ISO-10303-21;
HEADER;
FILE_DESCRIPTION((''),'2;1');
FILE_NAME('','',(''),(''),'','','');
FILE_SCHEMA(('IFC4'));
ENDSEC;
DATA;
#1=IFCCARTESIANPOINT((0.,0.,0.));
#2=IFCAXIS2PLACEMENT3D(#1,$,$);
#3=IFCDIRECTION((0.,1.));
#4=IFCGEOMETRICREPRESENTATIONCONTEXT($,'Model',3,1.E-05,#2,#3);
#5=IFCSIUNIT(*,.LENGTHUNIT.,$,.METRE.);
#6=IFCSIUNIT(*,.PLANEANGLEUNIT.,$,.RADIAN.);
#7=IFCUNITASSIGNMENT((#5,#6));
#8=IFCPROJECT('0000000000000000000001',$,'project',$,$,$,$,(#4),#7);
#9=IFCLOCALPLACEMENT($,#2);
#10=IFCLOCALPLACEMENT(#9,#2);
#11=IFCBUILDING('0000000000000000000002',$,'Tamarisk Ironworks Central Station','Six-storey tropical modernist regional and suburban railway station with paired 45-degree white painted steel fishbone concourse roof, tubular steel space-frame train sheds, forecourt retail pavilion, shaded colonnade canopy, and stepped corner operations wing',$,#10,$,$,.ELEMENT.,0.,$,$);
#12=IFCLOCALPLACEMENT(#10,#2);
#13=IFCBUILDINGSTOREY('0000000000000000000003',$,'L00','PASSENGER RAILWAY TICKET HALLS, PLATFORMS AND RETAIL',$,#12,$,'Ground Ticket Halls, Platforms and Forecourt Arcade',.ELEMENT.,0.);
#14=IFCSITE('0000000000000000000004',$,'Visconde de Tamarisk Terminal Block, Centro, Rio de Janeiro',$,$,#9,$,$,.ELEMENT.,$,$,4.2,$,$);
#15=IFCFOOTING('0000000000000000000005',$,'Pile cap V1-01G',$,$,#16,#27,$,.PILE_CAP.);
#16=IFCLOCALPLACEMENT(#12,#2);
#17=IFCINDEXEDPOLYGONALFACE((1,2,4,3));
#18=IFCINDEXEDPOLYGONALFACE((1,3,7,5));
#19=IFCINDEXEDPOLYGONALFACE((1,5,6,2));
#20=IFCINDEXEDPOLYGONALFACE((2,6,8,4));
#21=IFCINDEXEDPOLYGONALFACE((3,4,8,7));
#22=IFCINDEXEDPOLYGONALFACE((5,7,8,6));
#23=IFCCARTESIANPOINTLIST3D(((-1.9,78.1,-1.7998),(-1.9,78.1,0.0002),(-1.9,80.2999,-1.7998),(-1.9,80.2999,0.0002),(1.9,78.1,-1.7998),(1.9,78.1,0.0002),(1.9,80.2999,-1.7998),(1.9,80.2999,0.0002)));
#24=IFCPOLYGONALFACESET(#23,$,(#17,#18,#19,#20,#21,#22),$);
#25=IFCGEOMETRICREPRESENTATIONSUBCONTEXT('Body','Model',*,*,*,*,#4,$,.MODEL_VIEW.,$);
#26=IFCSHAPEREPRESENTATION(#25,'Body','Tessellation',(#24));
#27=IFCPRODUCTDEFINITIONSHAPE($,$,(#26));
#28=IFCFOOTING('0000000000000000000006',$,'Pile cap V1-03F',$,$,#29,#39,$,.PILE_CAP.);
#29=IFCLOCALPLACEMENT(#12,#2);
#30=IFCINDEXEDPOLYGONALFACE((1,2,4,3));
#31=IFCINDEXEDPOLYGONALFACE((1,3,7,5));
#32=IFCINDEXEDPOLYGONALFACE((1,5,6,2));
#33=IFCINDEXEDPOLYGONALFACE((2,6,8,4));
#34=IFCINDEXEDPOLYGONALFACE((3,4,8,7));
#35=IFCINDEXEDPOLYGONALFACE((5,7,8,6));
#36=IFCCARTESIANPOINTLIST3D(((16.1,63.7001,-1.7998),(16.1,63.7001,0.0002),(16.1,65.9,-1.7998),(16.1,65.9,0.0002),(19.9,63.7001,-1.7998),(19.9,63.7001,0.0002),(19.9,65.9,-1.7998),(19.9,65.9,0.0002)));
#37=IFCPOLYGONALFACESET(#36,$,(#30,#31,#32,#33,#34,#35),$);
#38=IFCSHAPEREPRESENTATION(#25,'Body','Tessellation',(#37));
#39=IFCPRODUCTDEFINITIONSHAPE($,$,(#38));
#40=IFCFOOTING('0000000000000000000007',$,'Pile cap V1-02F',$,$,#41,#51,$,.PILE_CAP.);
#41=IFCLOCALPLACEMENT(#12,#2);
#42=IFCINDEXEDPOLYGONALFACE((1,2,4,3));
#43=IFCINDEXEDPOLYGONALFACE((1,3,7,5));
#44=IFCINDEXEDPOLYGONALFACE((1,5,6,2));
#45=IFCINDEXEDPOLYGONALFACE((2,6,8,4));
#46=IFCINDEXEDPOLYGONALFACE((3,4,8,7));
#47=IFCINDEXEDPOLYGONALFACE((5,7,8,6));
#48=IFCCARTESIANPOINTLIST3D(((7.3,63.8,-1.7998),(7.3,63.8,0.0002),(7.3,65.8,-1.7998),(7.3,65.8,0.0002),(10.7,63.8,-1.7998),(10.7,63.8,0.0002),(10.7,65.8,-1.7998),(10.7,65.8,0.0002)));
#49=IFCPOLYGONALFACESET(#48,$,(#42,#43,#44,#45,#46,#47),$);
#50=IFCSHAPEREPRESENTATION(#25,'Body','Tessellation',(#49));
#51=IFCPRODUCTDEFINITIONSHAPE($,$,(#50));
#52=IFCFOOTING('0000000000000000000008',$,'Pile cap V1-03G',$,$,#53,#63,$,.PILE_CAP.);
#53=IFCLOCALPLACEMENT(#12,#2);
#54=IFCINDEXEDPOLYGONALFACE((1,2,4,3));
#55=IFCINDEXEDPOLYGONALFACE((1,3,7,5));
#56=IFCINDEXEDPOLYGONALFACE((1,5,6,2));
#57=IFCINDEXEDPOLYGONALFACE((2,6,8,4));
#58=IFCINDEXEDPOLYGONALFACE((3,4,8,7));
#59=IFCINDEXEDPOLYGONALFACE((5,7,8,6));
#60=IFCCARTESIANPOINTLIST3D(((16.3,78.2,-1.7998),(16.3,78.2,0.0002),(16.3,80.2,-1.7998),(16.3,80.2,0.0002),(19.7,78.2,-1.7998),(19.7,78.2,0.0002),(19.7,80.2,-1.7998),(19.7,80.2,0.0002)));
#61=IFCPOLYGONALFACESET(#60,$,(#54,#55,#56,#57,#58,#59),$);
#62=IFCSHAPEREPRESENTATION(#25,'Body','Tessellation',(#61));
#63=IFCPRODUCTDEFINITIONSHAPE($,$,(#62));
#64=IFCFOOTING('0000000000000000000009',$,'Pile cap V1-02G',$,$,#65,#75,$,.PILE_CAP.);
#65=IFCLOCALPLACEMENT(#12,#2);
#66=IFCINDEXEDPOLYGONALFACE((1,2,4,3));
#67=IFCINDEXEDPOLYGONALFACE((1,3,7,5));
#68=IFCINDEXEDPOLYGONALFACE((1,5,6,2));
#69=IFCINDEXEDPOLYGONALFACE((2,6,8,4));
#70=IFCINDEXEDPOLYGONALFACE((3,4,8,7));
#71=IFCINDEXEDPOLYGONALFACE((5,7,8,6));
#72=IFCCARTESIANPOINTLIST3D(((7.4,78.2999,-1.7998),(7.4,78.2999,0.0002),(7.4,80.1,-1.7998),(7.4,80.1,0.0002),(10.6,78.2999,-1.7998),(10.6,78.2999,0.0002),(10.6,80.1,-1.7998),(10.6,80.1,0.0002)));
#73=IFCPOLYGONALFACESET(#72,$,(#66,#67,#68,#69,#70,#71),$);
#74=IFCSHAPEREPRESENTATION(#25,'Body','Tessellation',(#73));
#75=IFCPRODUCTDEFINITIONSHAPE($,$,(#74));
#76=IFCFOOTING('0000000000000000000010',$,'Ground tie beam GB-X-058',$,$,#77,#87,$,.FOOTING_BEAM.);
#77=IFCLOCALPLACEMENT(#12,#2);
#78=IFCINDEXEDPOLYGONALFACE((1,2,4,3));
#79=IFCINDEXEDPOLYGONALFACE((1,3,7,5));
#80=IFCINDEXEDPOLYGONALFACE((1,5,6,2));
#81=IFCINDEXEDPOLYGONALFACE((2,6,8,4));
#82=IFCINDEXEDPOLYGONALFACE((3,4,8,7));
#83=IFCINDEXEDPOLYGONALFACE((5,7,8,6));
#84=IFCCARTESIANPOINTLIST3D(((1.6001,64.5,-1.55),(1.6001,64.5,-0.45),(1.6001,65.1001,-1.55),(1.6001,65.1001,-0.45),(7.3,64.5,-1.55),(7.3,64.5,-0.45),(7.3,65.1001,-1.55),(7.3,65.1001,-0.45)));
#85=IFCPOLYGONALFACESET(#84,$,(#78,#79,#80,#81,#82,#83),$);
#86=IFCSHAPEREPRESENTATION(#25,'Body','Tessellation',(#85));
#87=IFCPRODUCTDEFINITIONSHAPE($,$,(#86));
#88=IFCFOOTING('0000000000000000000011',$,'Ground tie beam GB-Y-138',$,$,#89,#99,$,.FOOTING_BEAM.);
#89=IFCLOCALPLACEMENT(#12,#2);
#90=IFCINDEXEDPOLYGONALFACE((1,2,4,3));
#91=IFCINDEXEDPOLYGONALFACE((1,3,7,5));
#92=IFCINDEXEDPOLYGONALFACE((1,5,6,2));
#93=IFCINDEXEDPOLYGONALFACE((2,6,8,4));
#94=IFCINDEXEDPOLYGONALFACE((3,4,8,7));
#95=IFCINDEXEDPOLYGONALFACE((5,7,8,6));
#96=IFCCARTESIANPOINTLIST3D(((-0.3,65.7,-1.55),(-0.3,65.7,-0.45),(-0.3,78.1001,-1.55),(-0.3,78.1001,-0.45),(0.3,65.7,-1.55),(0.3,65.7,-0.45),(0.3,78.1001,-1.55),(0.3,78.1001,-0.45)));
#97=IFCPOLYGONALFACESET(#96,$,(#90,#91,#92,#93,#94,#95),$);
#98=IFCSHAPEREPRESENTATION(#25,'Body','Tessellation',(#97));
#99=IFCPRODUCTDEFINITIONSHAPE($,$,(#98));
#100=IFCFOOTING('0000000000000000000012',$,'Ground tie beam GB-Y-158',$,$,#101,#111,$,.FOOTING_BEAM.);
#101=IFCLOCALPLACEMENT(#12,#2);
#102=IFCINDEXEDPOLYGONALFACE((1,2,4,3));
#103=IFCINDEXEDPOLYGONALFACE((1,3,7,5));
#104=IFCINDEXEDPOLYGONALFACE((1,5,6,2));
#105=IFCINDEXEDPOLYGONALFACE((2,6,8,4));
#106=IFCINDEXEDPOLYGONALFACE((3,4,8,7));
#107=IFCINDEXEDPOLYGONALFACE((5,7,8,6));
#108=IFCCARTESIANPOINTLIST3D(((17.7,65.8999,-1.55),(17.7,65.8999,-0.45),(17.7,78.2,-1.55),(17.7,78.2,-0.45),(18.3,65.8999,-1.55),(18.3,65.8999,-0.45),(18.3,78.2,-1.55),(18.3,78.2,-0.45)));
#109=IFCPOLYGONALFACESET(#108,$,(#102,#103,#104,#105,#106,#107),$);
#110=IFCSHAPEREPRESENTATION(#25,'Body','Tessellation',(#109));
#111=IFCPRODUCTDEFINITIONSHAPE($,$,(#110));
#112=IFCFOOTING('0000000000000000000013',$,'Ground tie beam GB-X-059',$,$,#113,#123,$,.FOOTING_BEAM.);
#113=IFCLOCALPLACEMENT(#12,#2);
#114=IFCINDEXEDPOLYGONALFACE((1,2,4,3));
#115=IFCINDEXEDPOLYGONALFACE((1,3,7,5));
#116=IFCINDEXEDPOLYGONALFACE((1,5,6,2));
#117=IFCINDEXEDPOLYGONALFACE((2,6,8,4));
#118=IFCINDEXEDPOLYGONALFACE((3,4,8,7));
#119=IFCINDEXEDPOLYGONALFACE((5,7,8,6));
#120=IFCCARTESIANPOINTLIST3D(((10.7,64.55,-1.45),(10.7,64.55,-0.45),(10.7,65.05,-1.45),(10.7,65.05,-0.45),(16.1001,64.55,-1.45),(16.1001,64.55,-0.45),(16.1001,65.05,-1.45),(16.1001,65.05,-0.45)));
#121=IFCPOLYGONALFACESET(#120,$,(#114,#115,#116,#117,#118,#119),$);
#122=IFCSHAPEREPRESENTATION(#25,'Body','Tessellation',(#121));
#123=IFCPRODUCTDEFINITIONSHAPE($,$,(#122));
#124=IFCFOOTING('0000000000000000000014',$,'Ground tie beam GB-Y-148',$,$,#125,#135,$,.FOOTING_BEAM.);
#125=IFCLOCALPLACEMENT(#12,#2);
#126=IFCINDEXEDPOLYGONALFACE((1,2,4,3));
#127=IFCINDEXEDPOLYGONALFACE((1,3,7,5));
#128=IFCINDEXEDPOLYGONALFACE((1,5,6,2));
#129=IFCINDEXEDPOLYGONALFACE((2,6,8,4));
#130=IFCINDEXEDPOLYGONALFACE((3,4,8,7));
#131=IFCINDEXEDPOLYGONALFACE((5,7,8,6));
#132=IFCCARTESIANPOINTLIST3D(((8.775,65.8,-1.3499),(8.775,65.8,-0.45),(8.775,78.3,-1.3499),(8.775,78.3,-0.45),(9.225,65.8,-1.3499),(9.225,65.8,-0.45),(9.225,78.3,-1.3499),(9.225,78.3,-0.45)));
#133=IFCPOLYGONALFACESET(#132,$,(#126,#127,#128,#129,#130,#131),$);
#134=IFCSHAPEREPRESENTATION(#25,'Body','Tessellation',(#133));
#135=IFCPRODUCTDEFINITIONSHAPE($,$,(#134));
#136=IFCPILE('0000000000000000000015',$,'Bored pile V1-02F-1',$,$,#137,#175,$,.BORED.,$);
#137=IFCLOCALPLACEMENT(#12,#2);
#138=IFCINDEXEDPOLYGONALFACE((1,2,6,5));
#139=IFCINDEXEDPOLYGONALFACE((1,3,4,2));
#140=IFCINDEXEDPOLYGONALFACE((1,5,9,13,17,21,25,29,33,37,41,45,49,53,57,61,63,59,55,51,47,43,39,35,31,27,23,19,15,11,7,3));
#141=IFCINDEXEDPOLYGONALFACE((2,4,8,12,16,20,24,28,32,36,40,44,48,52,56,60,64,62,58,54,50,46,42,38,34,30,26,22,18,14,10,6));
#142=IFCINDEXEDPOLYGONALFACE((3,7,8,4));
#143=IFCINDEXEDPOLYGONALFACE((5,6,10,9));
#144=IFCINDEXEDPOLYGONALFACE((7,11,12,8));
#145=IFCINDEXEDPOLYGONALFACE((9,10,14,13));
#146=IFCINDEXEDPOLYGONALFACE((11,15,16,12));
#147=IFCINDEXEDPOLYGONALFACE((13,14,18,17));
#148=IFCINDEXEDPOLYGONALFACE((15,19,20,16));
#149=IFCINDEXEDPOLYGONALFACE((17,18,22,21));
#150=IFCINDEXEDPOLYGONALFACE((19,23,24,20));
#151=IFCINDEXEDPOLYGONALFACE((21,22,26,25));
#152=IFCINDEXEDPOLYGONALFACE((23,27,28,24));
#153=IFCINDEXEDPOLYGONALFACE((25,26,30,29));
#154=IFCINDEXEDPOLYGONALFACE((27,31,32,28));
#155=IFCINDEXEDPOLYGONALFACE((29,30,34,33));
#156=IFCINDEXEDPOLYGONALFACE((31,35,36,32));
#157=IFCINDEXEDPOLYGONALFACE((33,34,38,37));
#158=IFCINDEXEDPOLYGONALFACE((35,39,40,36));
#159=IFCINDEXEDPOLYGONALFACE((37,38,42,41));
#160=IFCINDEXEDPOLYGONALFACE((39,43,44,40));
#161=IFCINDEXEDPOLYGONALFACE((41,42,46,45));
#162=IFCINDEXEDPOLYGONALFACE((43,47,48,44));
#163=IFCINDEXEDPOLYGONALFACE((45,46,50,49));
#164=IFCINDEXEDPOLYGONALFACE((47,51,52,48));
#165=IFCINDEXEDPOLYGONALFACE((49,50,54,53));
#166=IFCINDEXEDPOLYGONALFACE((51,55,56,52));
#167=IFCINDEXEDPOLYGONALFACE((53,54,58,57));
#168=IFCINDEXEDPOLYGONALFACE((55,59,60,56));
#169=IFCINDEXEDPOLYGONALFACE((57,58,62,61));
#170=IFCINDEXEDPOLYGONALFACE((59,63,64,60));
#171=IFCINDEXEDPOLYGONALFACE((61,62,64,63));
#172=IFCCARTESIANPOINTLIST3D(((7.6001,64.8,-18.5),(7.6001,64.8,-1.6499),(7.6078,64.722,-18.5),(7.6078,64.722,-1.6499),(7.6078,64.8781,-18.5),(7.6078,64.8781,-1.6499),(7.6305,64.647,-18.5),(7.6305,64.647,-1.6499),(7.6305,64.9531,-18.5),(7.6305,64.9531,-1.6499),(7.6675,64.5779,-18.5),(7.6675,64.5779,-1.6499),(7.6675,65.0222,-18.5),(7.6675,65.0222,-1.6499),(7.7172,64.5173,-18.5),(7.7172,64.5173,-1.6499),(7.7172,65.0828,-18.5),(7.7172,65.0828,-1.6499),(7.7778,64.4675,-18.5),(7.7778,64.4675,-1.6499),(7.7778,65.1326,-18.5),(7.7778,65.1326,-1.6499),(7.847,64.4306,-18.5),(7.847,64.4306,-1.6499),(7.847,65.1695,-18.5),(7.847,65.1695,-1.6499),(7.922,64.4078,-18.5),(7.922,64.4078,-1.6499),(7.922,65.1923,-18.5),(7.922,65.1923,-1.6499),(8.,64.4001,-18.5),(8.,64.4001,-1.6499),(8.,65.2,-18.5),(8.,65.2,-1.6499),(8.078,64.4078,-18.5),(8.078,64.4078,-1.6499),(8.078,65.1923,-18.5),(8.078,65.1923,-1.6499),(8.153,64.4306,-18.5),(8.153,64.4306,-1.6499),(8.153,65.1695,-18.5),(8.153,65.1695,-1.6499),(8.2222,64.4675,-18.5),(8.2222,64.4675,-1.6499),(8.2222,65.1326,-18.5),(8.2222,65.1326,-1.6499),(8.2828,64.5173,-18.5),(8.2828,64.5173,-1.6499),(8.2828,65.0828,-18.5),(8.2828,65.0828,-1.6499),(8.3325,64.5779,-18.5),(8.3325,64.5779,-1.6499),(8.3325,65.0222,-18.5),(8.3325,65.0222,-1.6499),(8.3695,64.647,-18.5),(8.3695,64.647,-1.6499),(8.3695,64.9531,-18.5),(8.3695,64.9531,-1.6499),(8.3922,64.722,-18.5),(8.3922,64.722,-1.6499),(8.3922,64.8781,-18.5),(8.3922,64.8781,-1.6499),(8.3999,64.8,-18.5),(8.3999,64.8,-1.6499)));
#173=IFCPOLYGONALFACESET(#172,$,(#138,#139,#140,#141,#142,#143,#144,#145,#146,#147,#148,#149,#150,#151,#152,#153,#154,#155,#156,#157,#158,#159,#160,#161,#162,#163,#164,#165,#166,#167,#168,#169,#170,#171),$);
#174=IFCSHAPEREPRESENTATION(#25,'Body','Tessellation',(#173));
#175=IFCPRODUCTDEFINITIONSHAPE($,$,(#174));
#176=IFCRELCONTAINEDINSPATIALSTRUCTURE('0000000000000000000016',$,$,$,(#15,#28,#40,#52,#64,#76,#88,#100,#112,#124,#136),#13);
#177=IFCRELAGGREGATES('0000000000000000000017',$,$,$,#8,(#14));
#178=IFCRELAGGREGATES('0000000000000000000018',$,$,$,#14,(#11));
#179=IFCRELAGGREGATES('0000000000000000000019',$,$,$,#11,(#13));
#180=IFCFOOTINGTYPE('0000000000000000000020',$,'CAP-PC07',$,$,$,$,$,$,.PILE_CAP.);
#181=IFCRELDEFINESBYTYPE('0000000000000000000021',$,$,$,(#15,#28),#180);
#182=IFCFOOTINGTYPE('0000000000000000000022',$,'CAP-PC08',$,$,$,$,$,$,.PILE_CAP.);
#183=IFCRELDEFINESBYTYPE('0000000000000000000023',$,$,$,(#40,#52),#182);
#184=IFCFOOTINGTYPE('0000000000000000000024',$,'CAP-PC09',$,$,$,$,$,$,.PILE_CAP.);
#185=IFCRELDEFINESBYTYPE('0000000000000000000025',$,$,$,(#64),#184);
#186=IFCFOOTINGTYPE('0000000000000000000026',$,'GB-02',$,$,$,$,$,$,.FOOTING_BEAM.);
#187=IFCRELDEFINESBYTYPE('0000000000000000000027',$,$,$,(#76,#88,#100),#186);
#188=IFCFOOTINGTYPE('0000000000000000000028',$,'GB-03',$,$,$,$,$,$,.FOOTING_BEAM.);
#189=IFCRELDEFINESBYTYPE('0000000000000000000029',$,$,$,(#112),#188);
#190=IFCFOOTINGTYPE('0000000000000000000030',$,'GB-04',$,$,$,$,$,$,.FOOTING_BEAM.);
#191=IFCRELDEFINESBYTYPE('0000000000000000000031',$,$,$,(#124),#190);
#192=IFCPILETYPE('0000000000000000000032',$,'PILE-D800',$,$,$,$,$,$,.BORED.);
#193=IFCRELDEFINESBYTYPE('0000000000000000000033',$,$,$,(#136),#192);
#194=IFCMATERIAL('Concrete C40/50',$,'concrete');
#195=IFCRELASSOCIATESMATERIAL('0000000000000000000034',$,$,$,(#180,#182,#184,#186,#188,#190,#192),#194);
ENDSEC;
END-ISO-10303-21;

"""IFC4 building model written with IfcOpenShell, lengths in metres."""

from ifc_helpers import new_model, si_unit, direction, frame, origin, origin_2d, place, context, subcontext, project, spatial, rectangle, circle, extrude, material, material_profile, profile_set, type_object, element, save


model = new_model("IFC4")

# Units and contexts
model_context = context("Model", 3, precision=1e-05, world=origin(), true_north=direction((0.0, 1.0)))
body_context = subcontext(model_context, "Body", "Model", "MODEL_VIEW")
ifc_project = project(units=[si_unit("LENGTHUNIT", "METRE"), si_unit("PLANEANGLEUNIT", "RADIAN")], contexts=[model_context])

# Site, building, storey
site_placement = place(None, origin())
site = spatial("IfcSite", under=ifc_project, at=site_placement, Name="Visconde de Tamarisk Terminal Block, Centro, Rio de Janeiro", CompositionType="ELEMENT", RefElevation=4.2)
building_placement = place(site_placement, origin())
building = spatial("IfcBuilding", under=site, at=building_placement, Name="Tamarisk Ironworks Central Station", Description="Six-storey tropical modernist regional and suburban railway station with paired 45-degree white painted steel fishbone concourse roof, tubular steel space-frame train sheds, forecourt retail pavilion, shaded colonnade canopy, and stepped corner operations wing", CompositionType="ELEMENT", ElevationOfRefHeight=0.0)
storey_placement = place(building_placement, origin())
storey = spatial("IfcBuildingStorey", under=building, at=storey_placement, Name="L00", Description="PASSENGER RAILWAY TICKET HALLS, PLATFORMS AND RETAIL", LongName="Ground Ticket Halls, Platforms and Forecourt Arcade", CompositionType="ELEMENT", Elevation=0.0)

# Footings
ifc_material_1 = material(Name="Concrete C40/50", Category="concrete")
footing_type_1 = type_object("IfcFootingType", Name="CAP-PC07", PredefinedType="PILE_CAP", material=ifc_material_1)
for number, where, z_axis, x_axis, name in (
    (1, (0.0, 79.2, -1.7998), (0.0, 0.0, 1.0), (1.0, 0.0, 0.0), "Pile cap V1-01G"),
    (2, (18.0, 64.8, -1.7998), (0.0, 0.0, 1.0), (1.0, 0.0, 0.0), "Pile cap V1-03F"),
):
    element("IfcFooting", number, at=place(storey_placement, frame(where, z_axis=z_axis, x_axis=x_axis)), inside=storey, type_object=footing_type_1, Name=name, PredefinedType="PILE_CAP", context=body_context, shape_type="SweptSolid", body=[
        extrude(rectangle(XDim=3.8, YDim=2.2, at=origin_2d()), origin(), (0.0, 0.0, 1.0), 1.8),
    ])
footing_type_2 = type_object("IfcFootingType", Name="CAP-PC08", PredefinedType="PILE_CAP", material=ifc_material_1)
for number, where, z_axis, x_axis, name in (
    (3, (9.0, 64.8, -1.7998), (0.0, 0.0, 1.0), (1.0, 0.0, 0.0), "Pile cap V1-02F"),
    (4, (18.0, 79.2, -1.7998), (0.0, 0.0, 1.0), (1.0, 0.0, 0.0), "Pile cap V1-03G"),
):
    element("IfcFooting", number, at=place(storey_placement, frame(where, z_axis=z_axis, x_axis=x_axis)), inside=storey, type_object=footing_type_2, Name=name, PredefinedType="PILE_CAP", context=body_context, shape_type="SweptSolid", body=[
        extrude(rectangle(XDim=3.3999, YDim=2.0, at=origin_2d()), origin(), (0.0, 0.0, 1.0), 1.8),
    ])
footing_type_3 = type_object("IfcFootingType", Name="CAP-PC09", PredefinedType="PILE_CAP", material=ifc_material_1)
footing_1_placement = place(storey_placement, frame((9.0, 79.2, -1.7998), z_axis=(0.0, 0.0, 1.0), x_axis=(1.0, 0.0, 0.0)))
element("IfcFooting", 5, at=footing_1_placement, inside=storey, type_object=footing_type_3, Name="Pile cap V1-02G", PredefinedType="PILE_CAP", context=body_context, shape_type="SweptSolid", body=[
    extrude(rectangle(XDim=3.2, YDim=1.8, at=origin_2d()), origin(), (0.0, 0.0, 1.0), 1.8),
])
ifc_material_profile_1 = material_profile(ifc_material_1, rectangle(XDim=0.6001, YDim=1.1001, at=origin_2d()), Name="GB02 600x1100")
ifc_profile_set_1 = profile_set([ifc_material_profile_1], Name="Concrete C40/50")
footing_type_4 = type_object("IfcFootingType", Name="GB-02", PredefinedType="FOOTING_BEAM", material=ifc_profile_set_1)
footing_2_placement = place(storey_placement, frame((1.6001, 64.8, -1.0), z_axis=(1.0, 0.0, 0.0), x_axis=(0.0, 1.0, 0.0)))
element("IfcFooting", 6, at=footing_2_placement, inside=storey, type_object=footing_type_4, Name="Ground tie beam GB-X-058", PredefinedType="FOOTING_BEAM", context=body_context, shape_type="SweptSolid", body=[
    extrude(rectangle(XDim=0.6001, YDim=1.1001, at=origin_2d()), origin(), (0.0, 0.0, 1.0), 5.7),
])
footing_3_placement = place(storey_placement, frame((0.0, 65.7, -1.0), z_axis=(0.0, 1.0, 0.0), x_axis=(-1.0, 0.0, 0.0)))
element("IfcFooting", 7, at=footing_3_placement, inside=storey, type_object=footing_type_4, Name="Ground tie beam GB-Y-138", PredefinedType="FOOTING_BEAM", context=body_context, shape_type="SweptSolid", body=[
    extrude(rectangle(XDim=0.6001, YDim=1.1001, at=origin_2d()), origin(), (0.0, 0.0, 1.0), 12.4001),
])
footing_4_placement = place(storey_placement, frame((18.0, 65.8999, -1.0), z_axis=(0.0, 1.0, 0.0), x_axis=(-1.0, 0.0, 0.0)))
element("IfcFooting", 8, at=footing_4_placement, inside=storey, type_object=footing_type_4, Name="Ground tie beam GB-Y-158", PredefinedType="FOOTING_BEAM", context=body_context, shape_type="SweptSolid", body=[
    extrude(rectangle(XDim=0.6001, YDim=1.1001, at=origin_2d()), origin(), (0.0, 0.0, 1.0), 12.3),
])
ifc_material_profile_2 = material_profile(ifc_material_1, rectangle(XDim=0.5, YDim=1.0, at=origin_2d()), Name="GB03 500x1000")
ifc_profile_set_2 = profile_set([ifc_material_profile_2], Name="Concrete C40/50")
footing_type_5 = type_object("IfcFootingType", Name="GB-03", PredefinedType="FOOTING_BEAM", material=ifc_profile_set_2)
footing_5_placement = place(storey_placement, frame((10.7, 64.8, -0.95), z_axis=(1.0, 0.0, 0.0), x_axis=(0.0, 1.0, 0.0)))
element("IfcFooting", 9, at=footing_5_placement, inside=storey, type_object=footing_type_5, Name="Ground tie beam GB-X-059", PredefinedType="FOOTING_BEAM", context=body_context, shape_type="SweptSolid", body=[
    extrude(rectangle(XDim=0.5, YDim=1.0, at=origin_2d()), origin(), (0.0, 0.0, 1.0), 5.4001),
])
ifc_material_profile_3 = material_profile(ifc_material_1, rectangle(XDim=0.45, YDim=0.8999, at=origin_2d()), Name="GB04 450x900")
ifc_profile_set_3 = profile_set([ifc_material_profile_3], Name="Concrete C40/50")
footing_type_6 = type_object("IfcFootingType", Name="GB-04", PredefinedType="FOOTING_BEAM", material=ifc_profile_set_3)
footing_6_placement = place(storey_placement, frame((9.0, 65.8, -0.8999), z_axis=(0.0, 1.0, 0.0), x_axis=(-1.0, 0.0, 0.0)))
element("IfcFooting", 10, at=footing_6_placement, inside=storey, type_object=footing_type_6, Name="Ground tie beam GB-Y-148", PredefinedType="FOOTING_BEAM", context=body_context, shape_type="SweptSolid", body=[
    extrude(rectangle(XDim=0.45, YDim=0.8999, at=origin_2d()), origin(), (0.0, 0.0, 1.0), 12.5),
])

# Pile
ifc_material_profile_4 = material_profile(ifc_material_1, circle(Radius=0.3999, at=origin_2d()), Name="BORED PILE D800")
ifc_profile_set_4 = profile_set([ifc_material_profile_4], Name="Concrete C40/50")
pile_type_1 = type_object("IfcPileType", Name="PILE-D800", PredefinedType="BORED", material=ifc_profile_set_4)
for number, where, z_axis, x_axis, name in (
    (11, (8.0, 64.8, -1.6499), (0.0, 0.0, -1.0), (1.0, 0.0, 0.0), "Bored pile V1-02F-1"),
):
    element("IfcPile", number, at=place(storey_placement, frame(where, z_axis=z_axis, x_axis=x_axis)), inside=storey, type_object=pile_type_1, Name=name, PredefinedType="BORED", context=body_context, shape_type="SweptSolid", body=[
        extrude(circle(Radius=0.3999, at=origin_2d()), origin(), (0.0, 0.0, 1.0), 16.8501),
    ])

save(model, "model.ifc")
